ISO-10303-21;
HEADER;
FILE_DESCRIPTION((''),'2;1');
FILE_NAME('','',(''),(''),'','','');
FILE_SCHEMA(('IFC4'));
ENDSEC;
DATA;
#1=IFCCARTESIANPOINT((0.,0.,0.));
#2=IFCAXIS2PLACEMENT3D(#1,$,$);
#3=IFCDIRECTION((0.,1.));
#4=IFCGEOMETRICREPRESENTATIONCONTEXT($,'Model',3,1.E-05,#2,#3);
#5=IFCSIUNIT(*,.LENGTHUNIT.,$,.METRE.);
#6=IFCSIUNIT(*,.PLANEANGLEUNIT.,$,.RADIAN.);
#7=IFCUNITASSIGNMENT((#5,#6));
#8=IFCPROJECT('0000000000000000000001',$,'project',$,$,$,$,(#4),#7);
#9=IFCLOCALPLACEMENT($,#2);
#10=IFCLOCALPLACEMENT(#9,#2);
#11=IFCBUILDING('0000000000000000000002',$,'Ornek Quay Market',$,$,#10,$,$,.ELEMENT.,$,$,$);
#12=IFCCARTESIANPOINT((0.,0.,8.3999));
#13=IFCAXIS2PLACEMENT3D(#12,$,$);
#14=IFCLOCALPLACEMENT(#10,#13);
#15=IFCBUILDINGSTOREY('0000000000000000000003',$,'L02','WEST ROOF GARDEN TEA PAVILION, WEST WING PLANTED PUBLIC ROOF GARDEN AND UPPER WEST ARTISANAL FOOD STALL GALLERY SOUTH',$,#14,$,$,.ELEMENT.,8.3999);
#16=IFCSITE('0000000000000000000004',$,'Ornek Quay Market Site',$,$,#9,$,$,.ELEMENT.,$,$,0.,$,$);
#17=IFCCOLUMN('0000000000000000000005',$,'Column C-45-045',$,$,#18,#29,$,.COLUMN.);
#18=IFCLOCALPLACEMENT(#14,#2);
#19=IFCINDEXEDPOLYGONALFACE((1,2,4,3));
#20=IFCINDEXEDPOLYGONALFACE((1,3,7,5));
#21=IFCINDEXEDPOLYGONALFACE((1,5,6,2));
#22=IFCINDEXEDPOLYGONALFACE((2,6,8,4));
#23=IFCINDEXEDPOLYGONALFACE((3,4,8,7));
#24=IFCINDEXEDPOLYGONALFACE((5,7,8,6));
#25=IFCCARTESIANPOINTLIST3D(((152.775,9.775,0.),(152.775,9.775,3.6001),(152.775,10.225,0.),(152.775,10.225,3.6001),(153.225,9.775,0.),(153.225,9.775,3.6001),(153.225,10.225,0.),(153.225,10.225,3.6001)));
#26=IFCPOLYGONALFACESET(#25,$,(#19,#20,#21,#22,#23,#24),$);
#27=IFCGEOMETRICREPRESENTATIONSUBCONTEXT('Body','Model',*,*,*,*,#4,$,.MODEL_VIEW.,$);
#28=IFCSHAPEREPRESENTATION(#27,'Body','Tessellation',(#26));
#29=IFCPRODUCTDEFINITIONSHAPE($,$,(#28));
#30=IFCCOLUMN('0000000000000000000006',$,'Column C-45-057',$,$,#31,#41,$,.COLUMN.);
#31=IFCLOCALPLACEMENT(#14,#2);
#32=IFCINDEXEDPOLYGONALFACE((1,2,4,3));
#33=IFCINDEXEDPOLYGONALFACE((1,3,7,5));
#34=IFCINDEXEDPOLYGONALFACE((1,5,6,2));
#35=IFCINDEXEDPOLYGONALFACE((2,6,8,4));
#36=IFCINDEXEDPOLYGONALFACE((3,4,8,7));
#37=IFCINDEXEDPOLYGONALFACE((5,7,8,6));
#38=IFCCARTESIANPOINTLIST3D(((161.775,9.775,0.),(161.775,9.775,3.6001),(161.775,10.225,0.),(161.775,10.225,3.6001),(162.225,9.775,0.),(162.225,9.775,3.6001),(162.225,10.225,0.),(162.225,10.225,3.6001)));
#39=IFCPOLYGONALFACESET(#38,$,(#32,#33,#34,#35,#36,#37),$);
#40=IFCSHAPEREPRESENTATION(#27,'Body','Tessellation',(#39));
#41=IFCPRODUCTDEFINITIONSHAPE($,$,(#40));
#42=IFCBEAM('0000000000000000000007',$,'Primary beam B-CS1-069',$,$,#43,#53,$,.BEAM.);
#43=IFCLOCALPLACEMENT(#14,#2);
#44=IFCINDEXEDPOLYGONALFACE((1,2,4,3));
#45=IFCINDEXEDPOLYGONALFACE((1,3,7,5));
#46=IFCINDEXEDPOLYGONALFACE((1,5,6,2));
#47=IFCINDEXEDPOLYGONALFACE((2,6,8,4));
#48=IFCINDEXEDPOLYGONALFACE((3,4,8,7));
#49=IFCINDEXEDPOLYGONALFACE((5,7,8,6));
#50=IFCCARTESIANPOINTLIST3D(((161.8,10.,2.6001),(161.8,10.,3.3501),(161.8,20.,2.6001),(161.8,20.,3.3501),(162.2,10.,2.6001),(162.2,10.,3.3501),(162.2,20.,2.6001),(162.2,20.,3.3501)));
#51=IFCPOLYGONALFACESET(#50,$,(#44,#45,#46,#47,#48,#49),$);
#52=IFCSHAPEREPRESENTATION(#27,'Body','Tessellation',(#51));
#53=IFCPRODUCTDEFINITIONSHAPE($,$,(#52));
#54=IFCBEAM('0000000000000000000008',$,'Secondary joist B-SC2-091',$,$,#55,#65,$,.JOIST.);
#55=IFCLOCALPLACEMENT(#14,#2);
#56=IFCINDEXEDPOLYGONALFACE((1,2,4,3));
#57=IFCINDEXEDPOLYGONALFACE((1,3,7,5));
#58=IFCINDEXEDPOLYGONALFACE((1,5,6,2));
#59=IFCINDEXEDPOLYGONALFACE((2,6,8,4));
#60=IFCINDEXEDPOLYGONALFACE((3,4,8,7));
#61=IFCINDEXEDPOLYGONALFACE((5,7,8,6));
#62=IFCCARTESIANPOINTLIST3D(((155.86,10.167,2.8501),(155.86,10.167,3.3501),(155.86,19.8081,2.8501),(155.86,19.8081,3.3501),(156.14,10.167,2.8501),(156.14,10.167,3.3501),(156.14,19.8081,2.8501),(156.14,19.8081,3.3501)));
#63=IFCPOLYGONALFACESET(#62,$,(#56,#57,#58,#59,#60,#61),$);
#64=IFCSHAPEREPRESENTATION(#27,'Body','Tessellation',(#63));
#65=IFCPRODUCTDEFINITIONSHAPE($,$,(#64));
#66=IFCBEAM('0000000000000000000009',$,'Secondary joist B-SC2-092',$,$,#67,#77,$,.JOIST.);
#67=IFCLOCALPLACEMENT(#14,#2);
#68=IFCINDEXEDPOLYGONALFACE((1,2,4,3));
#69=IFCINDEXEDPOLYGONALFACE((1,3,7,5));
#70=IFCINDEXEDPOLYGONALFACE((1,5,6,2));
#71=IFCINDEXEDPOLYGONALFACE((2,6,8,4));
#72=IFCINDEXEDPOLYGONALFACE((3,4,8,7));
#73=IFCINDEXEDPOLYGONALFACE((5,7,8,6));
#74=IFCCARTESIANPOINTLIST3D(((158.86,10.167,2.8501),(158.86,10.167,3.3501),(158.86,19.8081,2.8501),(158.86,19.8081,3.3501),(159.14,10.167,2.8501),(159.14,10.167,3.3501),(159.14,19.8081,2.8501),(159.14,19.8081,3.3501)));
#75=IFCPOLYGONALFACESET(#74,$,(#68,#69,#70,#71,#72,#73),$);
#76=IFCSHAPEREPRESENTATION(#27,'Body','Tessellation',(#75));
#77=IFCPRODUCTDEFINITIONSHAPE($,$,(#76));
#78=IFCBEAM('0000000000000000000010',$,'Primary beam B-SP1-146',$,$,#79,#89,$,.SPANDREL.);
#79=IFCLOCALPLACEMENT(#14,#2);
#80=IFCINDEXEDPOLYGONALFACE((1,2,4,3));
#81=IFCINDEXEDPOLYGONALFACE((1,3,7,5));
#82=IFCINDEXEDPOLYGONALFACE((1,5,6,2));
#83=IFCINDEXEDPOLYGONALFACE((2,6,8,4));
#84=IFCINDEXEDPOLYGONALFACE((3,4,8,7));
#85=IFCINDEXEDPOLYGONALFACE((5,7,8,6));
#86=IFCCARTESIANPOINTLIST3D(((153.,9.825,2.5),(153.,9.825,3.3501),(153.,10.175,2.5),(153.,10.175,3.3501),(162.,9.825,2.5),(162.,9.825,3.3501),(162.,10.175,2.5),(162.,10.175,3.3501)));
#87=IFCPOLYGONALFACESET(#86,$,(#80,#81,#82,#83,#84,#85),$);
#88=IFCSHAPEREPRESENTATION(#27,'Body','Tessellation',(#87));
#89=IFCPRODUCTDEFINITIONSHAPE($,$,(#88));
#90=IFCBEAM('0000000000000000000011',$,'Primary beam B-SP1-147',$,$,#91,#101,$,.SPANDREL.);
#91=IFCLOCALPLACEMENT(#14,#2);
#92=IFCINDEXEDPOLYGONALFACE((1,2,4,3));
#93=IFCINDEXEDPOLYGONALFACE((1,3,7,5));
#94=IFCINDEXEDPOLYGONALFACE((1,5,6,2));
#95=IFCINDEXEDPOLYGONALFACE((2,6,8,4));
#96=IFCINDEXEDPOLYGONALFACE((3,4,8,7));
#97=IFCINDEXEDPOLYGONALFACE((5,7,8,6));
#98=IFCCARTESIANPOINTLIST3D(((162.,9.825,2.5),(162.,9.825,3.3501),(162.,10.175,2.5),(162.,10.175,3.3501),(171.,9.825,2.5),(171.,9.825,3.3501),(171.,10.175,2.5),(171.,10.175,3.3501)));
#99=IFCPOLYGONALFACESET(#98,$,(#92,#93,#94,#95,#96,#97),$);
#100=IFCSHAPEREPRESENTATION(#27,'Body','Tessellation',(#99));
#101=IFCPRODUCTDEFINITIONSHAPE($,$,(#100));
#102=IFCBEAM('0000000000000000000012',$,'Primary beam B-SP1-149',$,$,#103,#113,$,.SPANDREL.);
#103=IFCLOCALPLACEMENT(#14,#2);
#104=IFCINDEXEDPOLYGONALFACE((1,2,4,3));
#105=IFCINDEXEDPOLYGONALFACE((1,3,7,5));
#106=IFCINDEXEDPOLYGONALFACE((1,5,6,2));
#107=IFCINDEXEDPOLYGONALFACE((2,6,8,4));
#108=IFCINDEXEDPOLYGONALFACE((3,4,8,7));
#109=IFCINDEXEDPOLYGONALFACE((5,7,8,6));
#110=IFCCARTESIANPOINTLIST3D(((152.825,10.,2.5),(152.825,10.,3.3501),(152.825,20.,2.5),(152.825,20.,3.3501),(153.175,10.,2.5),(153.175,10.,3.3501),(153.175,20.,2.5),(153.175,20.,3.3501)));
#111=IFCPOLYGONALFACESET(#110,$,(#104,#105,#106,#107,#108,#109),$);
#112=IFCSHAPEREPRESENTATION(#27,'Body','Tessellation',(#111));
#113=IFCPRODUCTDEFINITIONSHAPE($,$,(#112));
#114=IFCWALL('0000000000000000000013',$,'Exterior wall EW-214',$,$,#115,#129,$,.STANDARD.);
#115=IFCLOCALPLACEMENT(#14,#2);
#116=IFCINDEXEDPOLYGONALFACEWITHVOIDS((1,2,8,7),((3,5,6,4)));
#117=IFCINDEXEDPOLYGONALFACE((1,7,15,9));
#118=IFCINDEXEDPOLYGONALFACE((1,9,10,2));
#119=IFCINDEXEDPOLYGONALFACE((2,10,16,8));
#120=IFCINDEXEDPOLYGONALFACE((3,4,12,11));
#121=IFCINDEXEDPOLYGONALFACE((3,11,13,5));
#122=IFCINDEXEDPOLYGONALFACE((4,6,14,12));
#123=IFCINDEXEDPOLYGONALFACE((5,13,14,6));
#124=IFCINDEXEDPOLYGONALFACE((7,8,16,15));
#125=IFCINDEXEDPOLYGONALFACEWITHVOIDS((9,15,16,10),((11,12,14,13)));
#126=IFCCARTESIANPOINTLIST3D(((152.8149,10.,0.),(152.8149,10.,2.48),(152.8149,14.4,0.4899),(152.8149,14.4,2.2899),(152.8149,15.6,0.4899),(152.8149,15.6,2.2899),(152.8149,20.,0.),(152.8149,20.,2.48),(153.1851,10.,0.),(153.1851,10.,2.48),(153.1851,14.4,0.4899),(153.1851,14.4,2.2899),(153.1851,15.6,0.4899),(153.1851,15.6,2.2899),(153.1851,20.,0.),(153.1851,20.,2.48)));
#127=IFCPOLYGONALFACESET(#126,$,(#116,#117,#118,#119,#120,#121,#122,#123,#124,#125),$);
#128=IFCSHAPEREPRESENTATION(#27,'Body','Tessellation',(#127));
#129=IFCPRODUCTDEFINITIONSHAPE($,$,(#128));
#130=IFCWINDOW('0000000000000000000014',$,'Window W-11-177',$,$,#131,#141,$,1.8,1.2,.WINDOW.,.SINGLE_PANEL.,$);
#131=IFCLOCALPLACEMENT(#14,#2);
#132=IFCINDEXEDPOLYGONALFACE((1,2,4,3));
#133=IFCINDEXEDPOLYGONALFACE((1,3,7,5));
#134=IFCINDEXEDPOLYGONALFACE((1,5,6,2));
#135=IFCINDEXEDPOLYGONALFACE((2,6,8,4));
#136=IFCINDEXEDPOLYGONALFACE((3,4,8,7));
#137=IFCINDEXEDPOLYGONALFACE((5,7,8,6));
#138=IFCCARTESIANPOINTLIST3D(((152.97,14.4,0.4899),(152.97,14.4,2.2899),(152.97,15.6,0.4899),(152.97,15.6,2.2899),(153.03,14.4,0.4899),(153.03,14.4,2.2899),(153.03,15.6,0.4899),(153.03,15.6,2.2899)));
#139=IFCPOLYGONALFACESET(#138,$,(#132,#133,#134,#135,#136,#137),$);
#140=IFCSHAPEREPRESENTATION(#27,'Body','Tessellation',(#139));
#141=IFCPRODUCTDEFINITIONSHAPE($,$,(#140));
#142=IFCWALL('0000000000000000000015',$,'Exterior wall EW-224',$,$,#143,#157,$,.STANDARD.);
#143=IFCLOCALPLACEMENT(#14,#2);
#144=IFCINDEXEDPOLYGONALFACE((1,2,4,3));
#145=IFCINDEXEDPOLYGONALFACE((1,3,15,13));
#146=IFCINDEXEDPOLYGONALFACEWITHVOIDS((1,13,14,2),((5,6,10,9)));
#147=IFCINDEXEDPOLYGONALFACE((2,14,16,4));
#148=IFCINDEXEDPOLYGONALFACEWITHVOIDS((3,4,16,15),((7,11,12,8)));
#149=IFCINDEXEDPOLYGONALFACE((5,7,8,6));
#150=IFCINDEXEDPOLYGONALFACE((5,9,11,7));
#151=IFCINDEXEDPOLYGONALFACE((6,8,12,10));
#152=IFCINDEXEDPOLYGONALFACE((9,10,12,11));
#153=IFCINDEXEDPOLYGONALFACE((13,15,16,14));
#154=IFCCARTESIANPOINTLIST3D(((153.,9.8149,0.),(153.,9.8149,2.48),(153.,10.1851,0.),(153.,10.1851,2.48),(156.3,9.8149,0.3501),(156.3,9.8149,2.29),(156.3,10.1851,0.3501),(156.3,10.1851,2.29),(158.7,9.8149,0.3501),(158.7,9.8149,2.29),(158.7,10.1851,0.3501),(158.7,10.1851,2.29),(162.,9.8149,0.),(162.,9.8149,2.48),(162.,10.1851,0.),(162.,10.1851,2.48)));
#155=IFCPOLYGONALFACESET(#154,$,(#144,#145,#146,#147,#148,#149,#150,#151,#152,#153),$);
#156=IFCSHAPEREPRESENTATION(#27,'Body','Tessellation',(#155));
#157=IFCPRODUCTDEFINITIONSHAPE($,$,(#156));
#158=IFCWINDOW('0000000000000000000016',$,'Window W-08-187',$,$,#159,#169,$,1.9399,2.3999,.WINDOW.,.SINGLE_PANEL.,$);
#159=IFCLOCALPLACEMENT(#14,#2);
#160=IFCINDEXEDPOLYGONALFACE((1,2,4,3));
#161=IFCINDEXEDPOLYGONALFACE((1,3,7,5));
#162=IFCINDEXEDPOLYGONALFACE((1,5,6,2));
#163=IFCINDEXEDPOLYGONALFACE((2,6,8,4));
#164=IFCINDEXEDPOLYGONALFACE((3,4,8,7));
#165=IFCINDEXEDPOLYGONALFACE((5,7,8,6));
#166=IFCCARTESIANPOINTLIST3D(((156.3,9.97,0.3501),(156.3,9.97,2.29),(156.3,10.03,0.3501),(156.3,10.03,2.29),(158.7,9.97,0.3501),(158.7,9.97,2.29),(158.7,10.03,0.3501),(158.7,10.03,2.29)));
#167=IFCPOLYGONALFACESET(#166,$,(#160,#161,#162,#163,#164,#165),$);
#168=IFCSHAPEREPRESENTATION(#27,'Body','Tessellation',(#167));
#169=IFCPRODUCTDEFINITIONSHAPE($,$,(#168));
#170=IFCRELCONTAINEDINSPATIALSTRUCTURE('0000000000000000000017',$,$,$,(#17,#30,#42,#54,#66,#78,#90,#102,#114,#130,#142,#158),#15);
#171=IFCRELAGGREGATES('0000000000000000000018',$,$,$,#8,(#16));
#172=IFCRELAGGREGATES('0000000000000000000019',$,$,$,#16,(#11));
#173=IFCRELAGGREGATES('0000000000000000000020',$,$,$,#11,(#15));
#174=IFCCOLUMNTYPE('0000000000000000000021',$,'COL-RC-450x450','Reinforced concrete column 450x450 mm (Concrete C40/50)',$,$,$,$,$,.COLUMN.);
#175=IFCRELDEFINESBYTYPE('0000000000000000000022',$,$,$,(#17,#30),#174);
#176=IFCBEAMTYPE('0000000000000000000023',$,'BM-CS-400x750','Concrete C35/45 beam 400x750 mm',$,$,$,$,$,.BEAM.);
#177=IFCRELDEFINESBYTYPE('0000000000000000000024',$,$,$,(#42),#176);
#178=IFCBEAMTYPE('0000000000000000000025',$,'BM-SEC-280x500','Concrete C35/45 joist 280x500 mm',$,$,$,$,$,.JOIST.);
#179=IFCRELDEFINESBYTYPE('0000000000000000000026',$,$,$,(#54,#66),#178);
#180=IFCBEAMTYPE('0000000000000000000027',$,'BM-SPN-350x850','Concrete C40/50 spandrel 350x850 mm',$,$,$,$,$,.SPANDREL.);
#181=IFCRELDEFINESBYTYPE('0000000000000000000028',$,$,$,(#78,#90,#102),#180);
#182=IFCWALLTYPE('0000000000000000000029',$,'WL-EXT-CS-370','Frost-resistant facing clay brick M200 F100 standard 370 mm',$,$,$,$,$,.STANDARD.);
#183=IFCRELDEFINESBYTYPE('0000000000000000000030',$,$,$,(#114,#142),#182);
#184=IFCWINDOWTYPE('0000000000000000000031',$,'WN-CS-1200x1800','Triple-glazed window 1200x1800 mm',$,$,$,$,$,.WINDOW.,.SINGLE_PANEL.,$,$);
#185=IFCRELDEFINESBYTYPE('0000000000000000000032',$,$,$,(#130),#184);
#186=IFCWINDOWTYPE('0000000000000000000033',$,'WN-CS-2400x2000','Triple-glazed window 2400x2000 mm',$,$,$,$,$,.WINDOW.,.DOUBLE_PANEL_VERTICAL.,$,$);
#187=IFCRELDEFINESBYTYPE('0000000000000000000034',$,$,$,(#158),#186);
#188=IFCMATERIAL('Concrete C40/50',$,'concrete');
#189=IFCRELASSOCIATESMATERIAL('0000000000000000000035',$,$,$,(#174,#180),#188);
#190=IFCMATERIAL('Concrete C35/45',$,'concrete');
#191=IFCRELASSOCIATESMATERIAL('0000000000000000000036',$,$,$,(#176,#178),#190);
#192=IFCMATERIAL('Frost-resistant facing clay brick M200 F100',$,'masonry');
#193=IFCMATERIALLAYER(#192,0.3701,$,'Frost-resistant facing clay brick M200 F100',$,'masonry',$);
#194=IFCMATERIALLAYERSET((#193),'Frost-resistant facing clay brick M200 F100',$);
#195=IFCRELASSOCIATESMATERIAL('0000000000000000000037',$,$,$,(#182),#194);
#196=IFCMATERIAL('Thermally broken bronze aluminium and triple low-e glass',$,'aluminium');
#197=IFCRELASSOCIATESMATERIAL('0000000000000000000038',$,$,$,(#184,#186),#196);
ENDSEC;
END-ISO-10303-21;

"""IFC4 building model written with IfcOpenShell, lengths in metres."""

from ifc_helpers import new_model, si_unit, direction, frame, frame_2d, origin, origin_2d, place, context, subcontext, project, spatial, rectangle, extrude, material, layer, layer_set, material_profile, profile_set, type_object, element, fill, save


model = new_model("IFC4")

# Units and contexts
model_context = context("Model", 3, precision=1e-05, world=origin(), true_north=direction((0.0, 1.0)))
body_context = subcontext(model_context, "Body", "Model", "MODEL_VIEW")
ifc_project = project(units=[si_unit("LENGTHUNIT", "METRE"), si_unit("PLANEANGLEUNIT", "RADIAN")], contexts=[model_context])

# Site, building, storey
site_placement = place(None, origin())
site = spatial("IfcSite", under=ifc_project, at=site_placement, Name="Ornek Quay Market Site", CompositionType="ELEMENT", RefElevation=0.0)
building_placement = place(site_placement, origin())
building = spatial("IfcBuilding", under=site, at=building_placement, Name="Ornek Quay Market", CompositionType="ELEMENT")
storey_placement = place(building_placement, frame((0.0, 0.0, 8.3999)))
storey = spatial("IfcBuildingStorey", under=building, at=storey_placement, Name="L02", Description="WEST ROOF GARDEN TEA PAVILION, WEST WING PLANTED PUBLIC ROOF GARDEN AND UPPER WEST ARTISANAL FOOD STALL GALLERY SOUTH", CompositionType="ELEMENT", Elevation=8.3999)

# Columns
ifc_material_1 = material(Name="Concrete C40/50", Category="concrete")
ifc_material_profile_1 = material_profile(ifc_material_1, rectangle(XDim=0.45, YDim=0.45, at=origin_2d()), Name="RC 450x450", Category="concrete")
ifc_profile_set_1 = profile_set([ifc_material_profile_1], Name="Concrete C40/50")
column_type = type_object("IfcColumnType", Name="COL-RC-450x450", Description="Reinforced concrete column 450x450 mm (Concrete C40/50)", PredefinedType="COLUMN", material=ifc_profile_set_1)
for number, where, z_axis, x_axis, name in (
    (1, (153.0, 10.0, 0.0), (0.0, 0.0, 1.0), (1.0, 0.0, 0.0), "Column C-45-045"),
    (2, (162.0, 10.0, 0.0), (0.0, 0.0, 1.0), (1.0, 0.0, 0.0), "Column C-45-057"),
):
    element("IfcColumn", number, at=place(storey_placement, frame(where, z_axis=z_axis, x_axis=x_axis)), inside=storey, type_object=column_type, Name=name, PredefinedType="COLUMN", context=body_context, shape_type="SweptSolid", body=[
        extrude(rectangle(XDim=0.45, YDim=0.45, at=origin_2d()), origin(), (0.0, 0.0, 1.0), 3.6001),
    ])

# Beams
ifc_material_2 = material(Name="Concrete C35/45", Category="concrete")
ifc_material_profile_2 = material_profile(ifc_material_2, rectangle(XDim=0.3999, YDim=0.75, at=origin_2d()), Name="RC 400x750", Category="concrete")
ifc_profile_set_2 = profile_set([ifc_material_profile_2], Name="Concrete C35/45")
beam_type_1 = type_object("IfcBeamType", Name="BM-CS-400x750", Description="Concrete C35/45 beam 400x750 mm", PredefinedType="BEAM", material=ifc_profile_set_2)
beam_1_placement = place(storey_placement, frame((162.0, 10.0, 2.9751), z_axis=(0.0, 1.0, 0.0), x_axis=(-1.0, 0.0, 0.0)))
element("IfcBeam", 3, at=beam_1_placement, inside=storey, type_object=beam_type_1, Name="Primary beam B-CS1-069", PredefinedType="BEAM", context=body_context, shape_type="SweptSolid", body=[
    extrude(rectangle(XDim=0.3999, YDim=0.75, at=origin_2d()), origin(), (0.0, 0.0, 1.0), 10.0),
])
ifc_material_profile_3 = material_profile(ifc_material_2, rectangle(XDim=0.28, YDim=0.5, at=origin_2d()), Name="RC 280x500", Category="concrete")
ifc_profile_set_3 = profile_set([ifc_material_profile_3], Name="Concrete C35/45")
beam_type_2 = type_object("IfcBeamType", Name="BM-SEC-280x500", Description="Concrete C35/45 joist 280x500 mm", PredefinedType="JOIST", material=ifc_profile_set_3)
for number, where, z_axis, x_axis, name in (
    (4, (156.0, 10.167, 3.1001), (0.0, 1.0, 0.0), (-1.0, 0.0, 0.0), "Secondary joist B-SC2-091"),
    (5, (159.0, 10.167, 3.1001), (0.0, 1.0, 0.0), (-1.0, 0.0, 0.0), "Secondary joist B-SC2-092"),
):
    element("IfcBeam", number, at=place(storey_placement, frame(where, z_axis=z_axis, x_axis=x_axis)), inside=storey, type_object=beam_type_2, Name=name, PredefinedType="JOIST", context=body_context, shape_type="SweptSolid", body=[
        extrude(rectangle(XDim=0.28, YDim=0.5, at=origin_2d()), origin(), (0.0, 0.0, 1.0), 9.6411),
    ])
ifc_material_profile_4 = material_profile(ifc_material_1, rectangle(XDim=0.3501, YDim=0.8501, at=origin_2d()), Name="RC 350x850", Category="concrete")
ifc_profile_set_4 = profile_set([ifc_material_profile_4], Name="Concrete C40/50")
beam_type_3 = type_object("IfcBeamType", Name="BM-SPN-350x850", Description="Concrete C40/50 spandrel 350x850 mm", PredefinedType="SPANDREL", material=ifc_profile_set_4)
for number, where, z_axis, x_axis, name in (
    (6, (153.0, 10.0, 2.925), (1.0, 0.0, 0.0), (0.0, 1.0, 0.0), "Primary beam B-SP1-146"),
    (7, (162.0, 10.0, 2.925), (1.0, 0.0, 0.0), (0.0, 1.0, 0.0), "Primary beam B-SP1-147"),
):
    element("IfcBeam", number, at=place(storey_placement, frame(where, z_axis=z_axis, x_axis=x_axis)), inside=storey, type_object=beam_type_3, Name=name, PredefinedType="SPANDREL", context=body_context, shape_type="SweptSolid", body=[
        extrude(rectangle(XDim=0.3501, YDim=0.8501, at=origin_2d()), origin(), (0.0, 0.0, 1.0), 9.0),
    ])
beam_2_placement = place(storey_placement, frame((153.0, 10.0, 2.925), z_axis=(0.0, 1.0, 0.0), x_axis=(-1.0, 0.0, 0.0)))
element("IfcBeam", 8, at=beam_2_placement, inside=storey, type_object=beam_type_3, Name="Primary beam B-SP1-149", PredefinedType="SPANDREL", context=body_context, shape_type="SweptSolid", body=[
    extrude(rectangle(XDim=0.3501, YDim=0.8501, at=origin_2d()), origin(), (0.0, 0.0, 1.0), 10.0),
])

# Walls, openings, windows
ifc_material_3 = material(Name="Frost-resistant facing clay brick M200 F100", Category="masonry")
ifc_layer_1 = layer(ifc_material_3, 0.3701, Name="Frost-resistant facing clay brick M200 F100", Category="masonry")
ifc_layer_set_1 = layer_set([ifc_layer_1], Name="Frost-resistant facing clay brick M200 F100")
wall_type = type_object("IfcWallType", Name="WL-EXT-CS-370", Description="Frost-resistant facing clay brick M200 F100 standard 370 mm", PredefinedType="STANDARD", material=ifc_layer_set_1)
wall_1_placement = place(storey_placement, frame((153.0, 10.0, 0.0), z_axis=(0.0, 0.0, 1.0), x_axis=(0.0, 1.0, 0.0)))
wall_1 = element("IfcWall", 9, at=wall_1_placement, inside=storey, type_object=wall_type, Name="Exterior wall EW-214", PredefinedType="STANDARD", context=body_context, shape_type="SweptSolid", body=[
    extrude(rectangle(XDim=10.0, YDim=0.3701, at=frame_2d((5.0, 0.0))), origin(), (0.0, 0.0, 1.0), 2.48),
])
opening_1_placement = place(wall_1_placement, frame((4.3999, 0.0, 0.49)))
opening_1 = element("IfcOpeningElement", 10, at=opening_1_placement, cuts=wall_1, PredefinedType="OPENING", context=body_context, shape_type="SweptSolid", body=[
    extrude(rectangle(XDim=1.2, YDim=1.8, at=frame_2d((0.6001, 0.8999))), frame((0.0, 0.1951, 0.0), z_axis=(0.0, -1.0, 0.0), x_axis=(1.0, 0.0, 0.0)), (0.0, 0.0, 1.0), 0.3901),
])
ifc_material_4 = material(Name="Thermally broken bronze aluminium and triple low-e glass", Category="aluminium")
window_type_1 = type_object("IfcWindowType", Name="WN-CS-1200x1800", Description="Triple-glazed window 1200x1800 mm", PartitioningType="SINGLE_PANEL", PredefinedType="WINDOW", material=ifc_material_4)
window_1_placement = place(opening_1_placement, origin())
window_1 = element("IfcWindow", 11, at=window_1_placement, inside=storey, type_object=window_type_1, Name="Window W-11-177", OverallHeight=1.8, OverallWidth=1.2, PartitioningType="SINGLE_PANEL", PredefinedType="WINDOW", context=body_context, shape_type="SweptSolid", body=[
    extrude(rectangle(XDim=1.2, YDim=1.8, at=frame_2d((0.6001, 0.8999))), frame((0.0, 0.03, 0.0), z_axis=(0.0, -1.0, 0.0), x_axis=(1.0, 0.0, 0.0)), (0.0, 0.0, 1.0), 0.0601),
])
fill(opening_1, window_1)
wall_2_placement = place(storey_placement, frame((153.0, 10.0, 0.0), z_axis=(0.0, 0.0, 1.0), x_axis=(1.0, 0.0, 0.0)))
wall_2 = element("IfcWall", 12, at=wall_2_placement, inside=storey, type_object=wall_type, Name="Exterior wall EW-224", PredefinedType="STANDARD", context=body_context, shape_type="SweptSolid", body=[
    extrude(rectangle(XDim=9.0, YDim=0.3701, at=frame_2d((4.5, 0.0))), origin(), (0.0, 0.0, 1.0), 2.48),
])
opening_2_placement = place(wall_2_placement, frame((3.3, 0.0, 0.3501)))
opening_2 = element("IfcOpeningElement", 13, at=opening_2_placement, cuts=wall_2, PredefinedType="OPENING", context=body_context, shape_type="SweptSolid", body=[
    extrude(rectangle(XDim=2.3999, YDim=1.9399, at=frame_2d((1.2, 0.97))), frame((0.0, 0.1951, 0.0), z_axis=(0.0, -1.0, 0.0), x_axis=(1.0, 0.0, 0.0)), (0.0, 0.0, 1.0), 0.3901),
])
window_type_2 = type_object("IfcWindowType", Name="WN-CS-2400x2000", Description="Triple-glazed window 2400x2000 mm", PartitioningType="DOUBLE_PANEL_VERTICAL", PredefinedType="WINDOW", material=ifc_material_4)
window_2_placement = place(opening_2_placement, origin())
window_2 = element("IfcWindow", 14, at=window_2_placement, inside=storey, type_object=window_type_2, Name="Window W-08-187", OverallHeight=1.9399, OverallWidth=2.3999, PartitioningType="SINGLE_PANEL", PredefinedType="WINDOW", context=body_context, shape_type="SweptSolid", body=[
    extrude(rectangle(XDim=2.3999, YDim=1.9399, at=frame_2d((1.2, 0.97))), frame((0.0, 0.03, 0.0), z_axis=(0.0, -1.0, 0.0), x_axis=(1.0, 0.0, 0.0)), (0.0, 0.0, 1.0), 0.0601),
])
fill(opening_2, window_2)

save(model, "model.ifc")
